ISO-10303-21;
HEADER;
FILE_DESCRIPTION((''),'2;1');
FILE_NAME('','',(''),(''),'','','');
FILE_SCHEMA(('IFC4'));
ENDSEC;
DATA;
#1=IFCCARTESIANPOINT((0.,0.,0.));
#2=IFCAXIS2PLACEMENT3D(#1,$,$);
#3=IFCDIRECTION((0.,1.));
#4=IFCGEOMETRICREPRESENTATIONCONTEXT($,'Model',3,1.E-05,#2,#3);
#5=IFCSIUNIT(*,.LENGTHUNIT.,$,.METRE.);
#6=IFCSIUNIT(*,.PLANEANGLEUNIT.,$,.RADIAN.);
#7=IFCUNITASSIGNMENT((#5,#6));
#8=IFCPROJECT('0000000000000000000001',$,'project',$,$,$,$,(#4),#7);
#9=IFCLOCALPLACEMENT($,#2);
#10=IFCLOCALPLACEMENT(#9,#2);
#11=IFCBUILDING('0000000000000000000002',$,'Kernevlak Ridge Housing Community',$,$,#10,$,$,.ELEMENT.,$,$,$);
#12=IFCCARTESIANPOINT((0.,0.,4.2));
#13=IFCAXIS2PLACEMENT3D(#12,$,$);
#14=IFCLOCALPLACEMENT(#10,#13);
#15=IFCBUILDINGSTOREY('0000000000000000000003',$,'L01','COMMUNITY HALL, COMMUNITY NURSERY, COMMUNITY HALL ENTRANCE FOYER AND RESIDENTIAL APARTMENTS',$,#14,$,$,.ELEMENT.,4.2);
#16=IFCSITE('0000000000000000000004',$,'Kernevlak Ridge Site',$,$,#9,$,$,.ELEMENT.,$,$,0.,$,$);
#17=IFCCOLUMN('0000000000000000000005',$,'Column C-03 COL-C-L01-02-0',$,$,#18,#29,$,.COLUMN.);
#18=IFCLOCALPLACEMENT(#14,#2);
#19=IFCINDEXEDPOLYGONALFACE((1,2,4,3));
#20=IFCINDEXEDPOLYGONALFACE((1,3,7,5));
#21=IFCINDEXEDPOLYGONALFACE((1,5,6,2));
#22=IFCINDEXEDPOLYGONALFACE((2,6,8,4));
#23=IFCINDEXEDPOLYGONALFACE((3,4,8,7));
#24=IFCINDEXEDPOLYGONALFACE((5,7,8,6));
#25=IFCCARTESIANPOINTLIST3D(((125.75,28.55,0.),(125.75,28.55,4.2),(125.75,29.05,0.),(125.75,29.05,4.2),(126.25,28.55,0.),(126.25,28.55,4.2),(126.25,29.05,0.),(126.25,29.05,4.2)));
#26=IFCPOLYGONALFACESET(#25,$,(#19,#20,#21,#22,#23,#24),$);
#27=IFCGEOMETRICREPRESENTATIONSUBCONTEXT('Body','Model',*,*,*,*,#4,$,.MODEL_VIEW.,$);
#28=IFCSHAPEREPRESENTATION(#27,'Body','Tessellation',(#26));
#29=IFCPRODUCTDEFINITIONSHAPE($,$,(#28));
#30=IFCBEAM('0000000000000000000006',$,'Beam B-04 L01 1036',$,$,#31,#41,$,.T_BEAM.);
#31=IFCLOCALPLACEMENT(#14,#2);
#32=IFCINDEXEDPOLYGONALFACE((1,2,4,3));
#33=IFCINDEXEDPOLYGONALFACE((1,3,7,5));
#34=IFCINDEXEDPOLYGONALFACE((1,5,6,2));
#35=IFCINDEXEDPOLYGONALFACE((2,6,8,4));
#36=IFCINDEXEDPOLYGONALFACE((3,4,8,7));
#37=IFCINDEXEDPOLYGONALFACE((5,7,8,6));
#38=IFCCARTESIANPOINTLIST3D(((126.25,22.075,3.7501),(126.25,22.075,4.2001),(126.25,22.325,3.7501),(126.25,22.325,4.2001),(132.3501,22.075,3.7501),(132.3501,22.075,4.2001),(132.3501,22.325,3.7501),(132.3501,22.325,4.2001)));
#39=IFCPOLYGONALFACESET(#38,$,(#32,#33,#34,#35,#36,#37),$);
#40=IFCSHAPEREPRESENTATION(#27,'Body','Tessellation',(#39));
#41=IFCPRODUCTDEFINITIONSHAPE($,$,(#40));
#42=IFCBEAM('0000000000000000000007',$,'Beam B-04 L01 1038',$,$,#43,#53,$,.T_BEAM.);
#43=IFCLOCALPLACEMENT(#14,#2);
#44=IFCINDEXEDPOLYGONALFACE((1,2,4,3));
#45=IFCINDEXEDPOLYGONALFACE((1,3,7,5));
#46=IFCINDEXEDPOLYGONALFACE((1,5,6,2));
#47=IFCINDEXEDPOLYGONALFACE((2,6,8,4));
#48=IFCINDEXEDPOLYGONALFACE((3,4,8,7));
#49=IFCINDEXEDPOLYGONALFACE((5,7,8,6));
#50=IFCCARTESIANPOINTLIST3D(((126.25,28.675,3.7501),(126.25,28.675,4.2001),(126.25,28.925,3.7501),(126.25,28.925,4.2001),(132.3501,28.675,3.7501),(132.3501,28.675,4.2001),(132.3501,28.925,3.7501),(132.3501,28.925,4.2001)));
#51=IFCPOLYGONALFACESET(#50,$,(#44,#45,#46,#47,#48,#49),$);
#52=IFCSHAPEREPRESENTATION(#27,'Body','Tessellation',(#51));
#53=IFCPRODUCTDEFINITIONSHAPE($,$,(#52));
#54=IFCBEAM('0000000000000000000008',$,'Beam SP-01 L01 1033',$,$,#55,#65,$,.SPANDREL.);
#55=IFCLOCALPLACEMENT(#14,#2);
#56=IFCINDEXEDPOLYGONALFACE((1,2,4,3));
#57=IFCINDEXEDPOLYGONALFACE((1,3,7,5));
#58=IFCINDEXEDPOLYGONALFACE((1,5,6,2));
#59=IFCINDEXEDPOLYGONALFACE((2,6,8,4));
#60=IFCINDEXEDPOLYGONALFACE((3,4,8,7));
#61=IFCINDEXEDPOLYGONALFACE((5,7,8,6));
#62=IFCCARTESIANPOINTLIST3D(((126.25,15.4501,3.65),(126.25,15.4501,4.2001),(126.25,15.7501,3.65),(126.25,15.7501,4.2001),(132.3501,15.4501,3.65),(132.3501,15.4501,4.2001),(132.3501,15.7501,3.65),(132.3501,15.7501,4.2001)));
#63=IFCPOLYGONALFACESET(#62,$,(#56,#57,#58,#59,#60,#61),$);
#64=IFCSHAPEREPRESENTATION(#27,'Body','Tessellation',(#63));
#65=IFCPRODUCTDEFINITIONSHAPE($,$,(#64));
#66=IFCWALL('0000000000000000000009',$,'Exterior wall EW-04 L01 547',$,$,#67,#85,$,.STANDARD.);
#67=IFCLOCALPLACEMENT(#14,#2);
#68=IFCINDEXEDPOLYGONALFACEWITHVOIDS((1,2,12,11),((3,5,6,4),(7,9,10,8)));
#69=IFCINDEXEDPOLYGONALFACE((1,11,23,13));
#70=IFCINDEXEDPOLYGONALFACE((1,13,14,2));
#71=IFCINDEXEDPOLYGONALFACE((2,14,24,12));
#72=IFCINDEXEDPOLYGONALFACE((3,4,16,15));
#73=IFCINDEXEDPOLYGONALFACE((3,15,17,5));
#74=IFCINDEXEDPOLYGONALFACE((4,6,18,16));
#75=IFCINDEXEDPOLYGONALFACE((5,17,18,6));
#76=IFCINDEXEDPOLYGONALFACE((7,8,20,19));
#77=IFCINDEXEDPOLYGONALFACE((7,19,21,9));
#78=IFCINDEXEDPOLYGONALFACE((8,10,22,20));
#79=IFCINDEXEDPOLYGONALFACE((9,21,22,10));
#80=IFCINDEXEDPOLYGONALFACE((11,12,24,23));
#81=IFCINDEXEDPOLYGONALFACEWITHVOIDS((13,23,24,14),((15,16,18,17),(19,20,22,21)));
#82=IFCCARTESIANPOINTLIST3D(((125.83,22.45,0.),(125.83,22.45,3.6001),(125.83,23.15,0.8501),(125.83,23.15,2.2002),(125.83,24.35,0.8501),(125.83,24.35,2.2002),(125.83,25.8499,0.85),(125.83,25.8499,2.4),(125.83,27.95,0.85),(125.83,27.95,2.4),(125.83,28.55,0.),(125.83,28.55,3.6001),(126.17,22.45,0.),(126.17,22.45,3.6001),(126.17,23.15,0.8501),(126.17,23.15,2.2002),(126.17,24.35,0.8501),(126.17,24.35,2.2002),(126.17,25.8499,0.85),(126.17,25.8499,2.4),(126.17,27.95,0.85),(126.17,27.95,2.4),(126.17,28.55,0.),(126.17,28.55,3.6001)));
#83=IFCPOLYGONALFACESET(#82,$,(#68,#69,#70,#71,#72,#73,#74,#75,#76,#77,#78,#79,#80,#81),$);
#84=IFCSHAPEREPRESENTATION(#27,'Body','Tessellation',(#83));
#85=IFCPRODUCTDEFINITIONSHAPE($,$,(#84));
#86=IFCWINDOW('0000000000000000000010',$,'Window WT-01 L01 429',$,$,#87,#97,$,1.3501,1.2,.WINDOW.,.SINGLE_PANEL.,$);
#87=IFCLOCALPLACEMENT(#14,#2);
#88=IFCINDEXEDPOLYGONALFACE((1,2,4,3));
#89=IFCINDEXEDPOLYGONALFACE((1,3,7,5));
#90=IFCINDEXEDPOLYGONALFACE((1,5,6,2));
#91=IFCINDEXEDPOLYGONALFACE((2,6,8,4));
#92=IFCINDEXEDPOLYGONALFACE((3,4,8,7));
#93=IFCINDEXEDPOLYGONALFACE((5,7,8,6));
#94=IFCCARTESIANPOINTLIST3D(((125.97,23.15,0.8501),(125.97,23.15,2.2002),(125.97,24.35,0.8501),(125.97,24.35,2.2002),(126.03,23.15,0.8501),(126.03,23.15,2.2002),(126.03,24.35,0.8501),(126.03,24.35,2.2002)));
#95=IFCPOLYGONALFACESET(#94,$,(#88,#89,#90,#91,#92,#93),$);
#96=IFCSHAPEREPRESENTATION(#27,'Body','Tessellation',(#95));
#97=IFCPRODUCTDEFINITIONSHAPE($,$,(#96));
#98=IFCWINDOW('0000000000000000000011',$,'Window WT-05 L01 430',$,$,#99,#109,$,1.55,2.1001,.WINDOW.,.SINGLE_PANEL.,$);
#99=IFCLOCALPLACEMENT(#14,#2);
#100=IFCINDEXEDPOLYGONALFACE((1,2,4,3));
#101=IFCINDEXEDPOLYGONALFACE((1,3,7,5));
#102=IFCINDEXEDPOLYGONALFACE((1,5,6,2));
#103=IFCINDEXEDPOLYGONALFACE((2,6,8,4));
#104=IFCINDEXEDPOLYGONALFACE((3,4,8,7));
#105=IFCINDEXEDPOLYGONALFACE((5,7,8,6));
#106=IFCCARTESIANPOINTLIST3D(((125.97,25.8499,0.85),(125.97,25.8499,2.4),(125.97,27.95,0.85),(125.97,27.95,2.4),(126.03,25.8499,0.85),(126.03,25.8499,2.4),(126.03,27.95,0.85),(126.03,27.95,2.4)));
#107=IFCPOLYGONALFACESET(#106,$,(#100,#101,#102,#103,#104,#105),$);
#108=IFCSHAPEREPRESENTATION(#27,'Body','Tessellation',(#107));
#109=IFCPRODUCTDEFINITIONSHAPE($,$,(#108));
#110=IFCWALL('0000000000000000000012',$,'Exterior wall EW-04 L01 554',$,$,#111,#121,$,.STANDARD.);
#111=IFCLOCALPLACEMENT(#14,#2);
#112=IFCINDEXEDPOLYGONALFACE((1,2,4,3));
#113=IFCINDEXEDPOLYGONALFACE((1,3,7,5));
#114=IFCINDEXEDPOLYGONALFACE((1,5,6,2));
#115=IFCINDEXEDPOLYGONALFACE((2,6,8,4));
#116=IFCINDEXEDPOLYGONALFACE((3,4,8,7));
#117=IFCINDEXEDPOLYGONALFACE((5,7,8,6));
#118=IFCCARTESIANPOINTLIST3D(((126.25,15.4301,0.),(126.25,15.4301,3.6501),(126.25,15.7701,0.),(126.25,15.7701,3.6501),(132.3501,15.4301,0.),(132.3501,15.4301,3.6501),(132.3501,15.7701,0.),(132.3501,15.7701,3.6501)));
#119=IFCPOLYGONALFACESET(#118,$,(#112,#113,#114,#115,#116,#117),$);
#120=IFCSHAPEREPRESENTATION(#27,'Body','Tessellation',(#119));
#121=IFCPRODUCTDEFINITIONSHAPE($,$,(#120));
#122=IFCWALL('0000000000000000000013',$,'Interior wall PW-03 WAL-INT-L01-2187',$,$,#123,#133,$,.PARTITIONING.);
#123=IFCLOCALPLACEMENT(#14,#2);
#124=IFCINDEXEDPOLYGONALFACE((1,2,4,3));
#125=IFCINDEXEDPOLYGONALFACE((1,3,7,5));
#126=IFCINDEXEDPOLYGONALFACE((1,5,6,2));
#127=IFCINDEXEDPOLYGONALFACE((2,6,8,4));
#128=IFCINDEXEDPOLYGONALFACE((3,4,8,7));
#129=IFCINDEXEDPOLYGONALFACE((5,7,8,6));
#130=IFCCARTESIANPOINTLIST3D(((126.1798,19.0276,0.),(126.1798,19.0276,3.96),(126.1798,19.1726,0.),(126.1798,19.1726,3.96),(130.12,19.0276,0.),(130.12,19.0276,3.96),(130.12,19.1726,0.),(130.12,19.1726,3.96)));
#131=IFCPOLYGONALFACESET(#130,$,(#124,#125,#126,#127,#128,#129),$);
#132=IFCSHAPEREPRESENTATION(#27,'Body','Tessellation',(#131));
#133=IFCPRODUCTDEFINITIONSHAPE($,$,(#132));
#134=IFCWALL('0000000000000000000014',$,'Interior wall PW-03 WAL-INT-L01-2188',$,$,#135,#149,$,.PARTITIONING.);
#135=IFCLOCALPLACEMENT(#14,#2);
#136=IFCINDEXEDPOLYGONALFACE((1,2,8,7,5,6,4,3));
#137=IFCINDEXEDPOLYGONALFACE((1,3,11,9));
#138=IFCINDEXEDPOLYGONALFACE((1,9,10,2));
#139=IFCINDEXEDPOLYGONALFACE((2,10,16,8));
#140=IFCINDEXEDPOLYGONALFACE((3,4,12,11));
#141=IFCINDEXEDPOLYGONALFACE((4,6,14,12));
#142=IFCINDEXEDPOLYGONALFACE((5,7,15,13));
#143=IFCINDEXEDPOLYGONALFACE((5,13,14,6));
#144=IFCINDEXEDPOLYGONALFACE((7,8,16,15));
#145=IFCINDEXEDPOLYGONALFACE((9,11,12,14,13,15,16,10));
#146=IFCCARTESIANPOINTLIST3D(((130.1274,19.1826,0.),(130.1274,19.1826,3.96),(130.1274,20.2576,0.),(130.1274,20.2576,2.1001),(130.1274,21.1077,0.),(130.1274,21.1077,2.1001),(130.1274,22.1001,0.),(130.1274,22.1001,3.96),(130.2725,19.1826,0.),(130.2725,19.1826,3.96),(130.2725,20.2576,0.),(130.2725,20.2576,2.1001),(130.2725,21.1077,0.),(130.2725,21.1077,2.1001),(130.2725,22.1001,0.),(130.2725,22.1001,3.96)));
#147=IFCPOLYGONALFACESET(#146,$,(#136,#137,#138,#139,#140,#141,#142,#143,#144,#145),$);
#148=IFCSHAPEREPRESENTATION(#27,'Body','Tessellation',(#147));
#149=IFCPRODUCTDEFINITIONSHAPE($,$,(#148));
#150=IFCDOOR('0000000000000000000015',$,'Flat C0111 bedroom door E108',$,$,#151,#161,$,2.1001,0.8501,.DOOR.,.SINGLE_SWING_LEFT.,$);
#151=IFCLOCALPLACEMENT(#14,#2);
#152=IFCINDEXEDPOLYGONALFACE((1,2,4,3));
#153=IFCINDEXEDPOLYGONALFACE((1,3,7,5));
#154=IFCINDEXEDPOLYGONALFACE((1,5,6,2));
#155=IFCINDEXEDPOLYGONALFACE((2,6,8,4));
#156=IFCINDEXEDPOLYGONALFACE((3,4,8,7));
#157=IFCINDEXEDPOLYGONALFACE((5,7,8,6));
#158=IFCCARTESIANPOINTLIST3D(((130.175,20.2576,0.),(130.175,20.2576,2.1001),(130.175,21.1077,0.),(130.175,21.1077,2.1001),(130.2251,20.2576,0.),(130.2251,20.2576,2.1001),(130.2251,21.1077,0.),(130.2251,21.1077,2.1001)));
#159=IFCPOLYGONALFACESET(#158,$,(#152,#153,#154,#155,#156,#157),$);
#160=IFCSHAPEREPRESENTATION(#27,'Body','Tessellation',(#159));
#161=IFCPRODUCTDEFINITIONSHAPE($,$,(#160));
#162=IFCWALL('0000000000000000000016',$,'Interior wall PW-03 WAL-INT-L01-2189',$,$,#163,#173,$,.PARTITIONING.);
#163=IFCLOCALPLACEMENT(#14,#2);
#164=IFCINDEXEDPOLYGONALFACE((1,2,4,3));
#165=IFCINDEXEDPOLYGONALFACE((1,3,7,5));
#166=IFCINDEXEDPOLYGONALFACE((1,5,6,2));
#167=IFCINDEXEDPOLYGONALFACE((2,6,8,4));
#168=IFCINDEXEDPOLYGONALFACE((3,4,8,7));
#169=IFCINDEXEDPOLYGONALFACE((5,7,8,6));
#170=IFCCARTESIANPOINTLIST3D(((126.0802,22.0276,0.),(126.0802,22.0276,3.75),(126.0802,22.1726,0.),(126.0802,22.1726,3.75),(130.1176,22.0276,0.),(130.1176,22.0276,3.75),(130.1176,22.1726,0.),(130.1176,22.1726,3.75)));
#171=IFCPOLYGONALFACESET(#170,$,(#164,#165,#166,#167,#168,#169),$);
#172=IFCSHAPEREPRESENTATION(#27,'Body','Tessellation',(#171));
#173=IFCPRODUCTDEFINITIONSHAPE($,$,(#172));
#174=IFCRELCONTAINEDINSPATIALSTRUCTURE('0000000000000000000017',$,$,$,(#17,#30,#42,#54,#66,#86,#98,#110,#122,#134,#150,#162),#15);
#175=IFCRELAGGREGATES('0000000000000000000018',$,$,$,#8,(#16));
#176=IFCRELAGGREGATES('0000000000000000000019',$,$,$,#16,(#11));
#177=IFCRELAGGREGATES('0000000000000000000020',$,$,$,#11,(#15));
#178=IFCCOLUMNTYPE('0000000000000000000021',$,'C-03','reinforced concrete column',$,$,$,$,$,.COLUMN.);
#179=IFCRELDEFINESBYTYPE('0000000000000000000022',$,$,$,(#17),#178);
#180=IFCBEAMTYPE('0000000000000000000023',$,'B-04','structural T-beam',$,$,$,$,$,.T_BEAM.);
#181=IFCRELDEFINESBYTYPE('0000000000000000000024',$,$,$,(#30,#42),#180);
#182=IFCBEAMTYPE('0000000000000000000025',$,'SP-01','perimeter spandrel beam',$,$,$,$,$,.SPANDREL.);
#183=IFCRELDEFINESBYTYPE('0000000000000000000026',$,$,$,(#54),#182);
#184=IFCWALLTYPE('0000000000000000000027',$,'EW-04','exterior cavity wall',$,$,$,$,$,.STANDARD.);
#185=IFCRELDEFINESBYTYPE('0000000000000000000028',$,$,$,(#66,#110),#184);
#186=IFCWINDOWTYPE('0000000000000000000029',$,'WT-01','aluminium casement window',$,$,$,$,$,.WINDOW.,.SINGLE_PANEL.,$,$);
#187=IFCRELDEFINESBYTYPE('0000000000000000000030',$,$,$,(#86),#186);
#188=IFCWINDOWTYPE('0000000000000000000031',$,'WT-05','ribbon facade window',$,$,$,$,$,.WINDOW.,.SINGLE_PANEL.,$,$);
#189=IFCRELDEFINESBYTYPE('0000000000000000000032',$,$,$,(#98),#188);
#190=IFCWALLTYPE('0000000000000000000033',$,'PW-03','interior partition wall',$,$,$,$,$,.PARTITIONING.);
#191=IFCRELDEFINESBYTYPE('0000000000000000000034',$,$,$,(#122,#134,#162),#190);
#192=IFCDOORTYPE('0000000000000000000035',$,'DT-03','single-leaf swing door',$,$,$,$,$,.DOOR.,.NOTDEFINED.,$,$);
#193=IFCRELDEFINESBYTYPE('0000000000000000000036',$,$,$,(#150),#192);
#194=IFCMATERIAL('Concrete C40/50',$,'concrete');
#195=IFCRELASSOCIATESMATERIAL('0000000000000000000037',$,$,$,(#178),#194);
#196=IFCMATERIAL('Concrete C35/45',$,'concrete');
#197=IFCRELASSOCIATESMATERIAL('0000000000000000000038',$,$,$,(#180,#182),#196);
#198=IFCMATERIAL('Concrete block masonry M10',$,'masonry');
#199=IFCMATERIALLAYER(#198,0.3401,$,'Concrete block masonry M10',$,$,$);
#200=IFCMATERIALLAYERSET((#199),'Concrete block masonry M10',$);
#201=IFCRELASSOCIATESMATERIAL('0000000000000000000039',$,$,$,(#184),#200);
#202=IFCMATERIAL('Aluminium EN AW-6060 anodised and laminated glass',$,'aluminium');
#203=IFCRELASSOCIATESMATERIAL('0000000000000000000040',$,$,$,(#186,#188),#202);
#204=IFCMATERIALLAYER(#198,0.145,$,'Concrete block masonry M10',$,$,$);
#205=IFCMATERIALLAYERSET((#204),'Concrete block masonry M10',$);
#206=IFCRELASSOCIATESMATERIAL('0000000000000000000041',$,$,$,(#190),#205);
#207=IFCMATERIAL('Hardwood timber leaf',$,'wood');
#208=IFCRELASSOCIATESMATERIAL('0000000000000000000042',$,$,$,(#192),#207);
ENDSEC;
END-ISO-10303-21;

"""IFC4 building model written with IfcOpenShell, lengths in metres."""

from ifc_helpers import new_model, si_unit, direction, frame, frame_2d, origin, origin_2d, place, context, subcontext, project, spatial, rectangle, extrude, material, layer, layer_set, material_profile, profile_set, type_object, element, fill, save


model = new_model("IFC4")

# Units and contexts
model_context = context("Model", 3, precision=1e-05, world=origin(), true_north=direction((0.0, 1.0)))
body_context = subcontext(model_context, "Body", "Model", "MODEL_VIEW")
ifc_project = project(units=[si_unit("LENGTHUNIT", "METRE"), si_unit("PLANEANGLEUNIT", "RADIAN")], contexts=[model_context])

# Site, building, storey
site_placement = place(None, origin())
site = spatial("IfcSite", under=ifc_project, at=site_placement, Name="Kernevlak Ridge Site", CompositionType="ELEMENT", RefElevation=0.0)
building_placement = place(site_placement, origin())
building = spatial("IfcBuilding", under=site, at=building_placement, Name="Kernevlak Ridge Housing Community", CompositionType="ELEMENT")
storey_placement = place(building_placement, frame((0.0, 0.0, 4.2)))
storey = spatial("IfcBuildingStorey", under=building, at=storey_placement, Name="L01", Description="COMMUNITY HALL, COMMUNITY NURSERY, COMMUNITY HALL ENTRANCE FOYER AND RESIDENTIAL APARTMENTS", CompositionType="ELEMENT", Elevation=4.2)

# Column
ifc_material_1 = material(Name="Concrete C40/50", Category="concrete")
ifc_material_profile_1 = material_profile(ifc_material_1, rectangle(XDim=0.5, YDim=0.5, at=origin_2d()), Name="RC 500x500")
ifc_profile_set_1 = profile_set([ifc_material_profile_1], Name="Concrete C40/50")
column_type = type_object("IfcColumnType", Name="C-03", Description="reinforced concrete column", PredefinedType="COLUMN", material=ifc_profile_set_1)
column_placement = place(storey_placement, frame((126.0, 28.8, 0.0), z_axis=(0.0, 0.0, 1.0), x_axis=(1.0, 0.0, 0.0)))
element("IfcColumn", 1, at=column_placement, inside=storey, type_object=column_type, Name="Column C-03 COL-C-L01-02-0", PredefinedType="COLUMN", context=body_context, shape_type="SweptSolid", body=[
    extrude(rectangle(XDim=0.5, YDim=0.5, at=origin_2d()), origin(), (0.0, 0.0, 1.0), 4.2),
])

# Beams
ifc_material_2 = material(Name="Concrete C35/45", Category="concrete")
ifc_material_profile_2 = material_profile(ifc_material_2, rectangle(XDim=0.25, YDim=0.45, at=origin_2d()), Name="RC 250x450")
ifc_profile_set_2 = profile_set([ifc_material_profile_2], Name="Concrete C35/45")
beam_type_1 = type_object("IfcBeamType", Name="B-04", Description="structural T-beam", PredefinedType="T_BEAM", material=ifc_profile_set_2)
for number, where, z_axis, x_axis, name in (
    (2, (126.25, 22.2, 3.9751), (1.0, 0.0, 0.0), (0.0, 1.0, 0.0), "Beam B-04 L01 1036"),
    (3, (126.25, 28.8, 3.9751), (1.0, 0.0, 0.0), (0.0, 1.0, 0.0), "Beam B-04 L01 1038"),
):
    element("IfcBeam", number, at=place(storey_placement, frame(where, z_axis=z_axis, x_axis=x_axis)), inside=storey, type_object=beam_type_1, Name=name, PredefinedType="T_BEAM", context=body_context, shape_type="SweptSolid", body=[
        extrude(rectangle(XDim=0.25, YDim=0.45, at=origin_2d()), origin(), (0.0, 0.0, 1.0), 6.1001),
    ])
ifc_material_profile_3 = material_profile(ifc_material_2, rectangle(XDim=0.3, YDim=0.55, at=origin_2d()), Name="RC 300x550")
ifc_profile_set_3 = profile_set([ifc_material_profile_3], Name="Concrete C35/45")
beam_type_2 = type_object("IfcBeamType", Name="SP-01", Description="perimeter spandrel beam", PredefinedType="SPANDREL", material=ifc_profile_set_3)
beam_placement = place(storey_placement, frame((126.25, 15.6001, 3.925), z_axis=(1.0, 0.0, 0.0), x_axis=(0.0, 1.0, 0.0)))
element("IfcBeam", 4, at=beam_placement, inside=storey, type_object=beam_type_2, Name="Beam SP-01 L01 1033", PredefinedType="SPANDREL", context=body_context, shape_type="SweptSolid", body=[
    extrude(rectangle(XDim=0.3, YDim=0.55, at=origin_2d()), origin(), (0.0, 0.0, 1.0), 6.1001),
])

# Wall, openings, windows
ifc_material_3 = material(Name="Concrete block masonry M10", Category="masonry")
ifc_layer_1 = layer(ifc_material_3, 0.3401, Name="Concrete block masonry M10")
ifc_layer_set_1 = layer_set([ifc_layer_1], Name="Concrete block masonry M10")
wall_type_1 = type_object("IfcWallType", Name="EW-04", Description="exterior cavity wall", PredefinedType="STANDARD", material=ifc_layer_set_1)
wall_1_placement = place(storey_placement, frame((126.0, 22.45, 0.0), z_axis=(0.0, 0.0, 1.0), x_axis=(0.0, 1.0, 0.0)))
wall_1 = element("IfcWall", 5, at=wall_1_placement, inside=storey, type_object=wall_type_1, Name="Exterior wall EW-04 L01 547", PredefinedType="STANDARD", context=body_context, shape_type="SweptSolid", body=[
    extrude(rectangle(XDim=6.1001, YDim=0.3401, at=frame_2d((3.05, 0.0))), origin(), (0.0, 0.0, 1.0), 3.6001),
])
opening_1_placement = place(wall_1_placement, frame((0.7, 0.0, 0.8501)))
opening_1 = element("IfcOpeningElement", 6, at=opening_1_placement, cuts=wall_1, PredefinedType="OPENING", context=body_context, shape_type="SweptSolid", body=[
    extrude(rectangle(XDim=1.2, YDim=1.3501, at=frame_2d((0.6001, 0.675))), frame((0.0, 0.1799, 0.0), z_axis=(0.0, -1.0, 0.0), x_axis=(1.0, 0.0, 0.0)), (0.0, 0.0, 1.0), 0.3601),
])
opening_2_placement = place(wall_1_placement, frame((3.3999, 0.0, 0.8501)))
opening_2 = element("IfcOpeningElement", 7, at=opening_2_placement, cuts=wall_1, PredefinedType="OPENING", context=body_context, shape_type="SweptSolid", body=[
    extrude(rectangle(XDim=2.1001, YDim=1.55, at=frame_2d((1.05, 0.7749))), frame((0.0, 0.1799, 0.0), z_axis=(0.0, -1.0, 0.0), x_axis=(1.0, 0.0, 0.0)), (0.0, 0.0, 1.0), 0.3601),
])
ifc_material_4 = material(Name="Aluminium EN AW-6060 anodised and laminated glass", Category="aluminium")
window_type_1 = type_object("IfcWindowType", Name="WT-01", Description="aluminium casement window", PartitioningType="SINGLE_PANEL", PredefinedType="WINDOW", material=ifc_material_4)
window_1_placement = place(opening_1_placement, origin())
window_1 = element("IfcWindow", 8, at=window_1_placement, inside=storey, type_object=window_type_1, Name="Window WT-01 L01 429", OverallHeight=1.3501, OverallWidth=1.2, PartitioningType="SINGLE_PANEL", PredefinedType="WINDOW", context=body_context, shape_type="SweptSolid", body=[
    extrude(rectangle(XDim=1.2, YDim=1.3501, at=frame_2d((0.6001, 0.675))), frame((0.0, 0.03, 0.0), z_axis=(0.0, -1.0, 0.0), x_axis=(1.0, 0.0, 0.0)), (0.0, 0.0, 1.0), 0.0601),
])
fill(opening_1, window_1)
window_type_2 = type_object("IfcWindowType", Name="WT-05", Description="ribbon facade window", PartitioningType="SINGLE_PANEL", PredefinedType="WINDOW", material=ifc_material_4)
window_2_placement = place(opening_2_placement, origin())
window_2 = element("IfcWindow", 9, at=window_2_placement, inside=storey, type_object=window_type_2, Name="Window WT-05 L01 430", OverallHeight=1.55, OverallWidth=2.1001, PartitioningType="SINGLE_PANEL", PredefinedType="WINDOW", context=body_context, shape_type="SweptSolid", body=[
    extrude(rectangle(XDim=2.1001, YDim=1.55, at=frame_2d((1.05, 0.7749))), frame((0.0, 0.03, 0.0), z_axis=(0.0, -1.0, 0.0), x_axis=(1.0, 0.0, 0.0)), (0.0, 0.0, 1.0), 0.0601),
])
fill(opening_2, window_2)

# Walls
wall_2_placement = place(storey_placement, frame((126.25, 15.6001, 0.0), z_axis=(0.0, 0.0, 1.0), x_axis=(1.0, 0.0, 0.0)))
element("IfcWall", 10, at=wall_2_placement, inside=storey, type_object=wall_type_1, Name="Exterior wall EW-04 L01 554", PredefinedType="STANDARD", context=body_context, shape_type="SweptSolid", body=[
    extrude(rectangle(XDim=6.1001, YDim=0.3401, at=frame_2d((3.05, 0.0))), origin(), (0.0, 0.0, 1.0), 3.6501),
])
ifc_layer_2 = layer(ifc_material_3, 0.145, Name="Concrete block masonry M10")
ifc_layer_set_2 = layer_set([ifc_layer_2], Name="Concrete block masonry M10")
wall_type_2 = type_object("IfcWallType", Name="PW-03", Description="interior partition wall", PredefinedType="PARTITIONING", material=ifc_layer_set_2)
wall_3_placement = place(storey_placement, frame((130.1201, 19.1001, 0.0), z_axis=(0.0, 0.0, 1.0), x_axis=(-1.0, 0.0, 0.0)))
element("IfcWall", 11, at=wall_3_placement, inside=storey, type_object=wall_type_2, Name="Interior wall PW-03 WAL-INT-L01-2187", PredefinedType="PARTITIONING", context=body_context, shape_type="SweptSolid", body=[
    extrude(rectangle(XDim=3.9402, YDim=0.145, at=frame_2d((1.9702, 0.0))), origin(), (0.0, 0.0, 1.0), 3.96),
])

# Wall, opening, door
wall_4_placement = place(storey_placement, frame((130.2, 19.1826, 0.0), z_axis=(0.0, 0.0, 1.0), x_axis=(0.0, 1.0, 0.0)))
wall_4 = element("IfcWall", 12, at=wall_4_placement, inside=storey, type_object=wall_type_2, Name="Interior wall PW-03 WAL-INT-L01-2188", PredefinedType="PARTITIONING", context=body_context, shape_type="SweptSolid", body=[
    extrude(rectangle(XDim=2.9175, YDim=0.145, at=frame_2d((1.4587, 0.0))), origin(), (0.0, 0.0, 1.0), 3.96),
])
opening_3_placement = place(wall_4_placement, frame((1.075, 0.0, 0.0)))
opening_3 = element("IfcOpeningElement", 13, at=opening_3_placement, cuts=wall_4, PredefinedType="OPENING", context=body_context, shape_type="SweptSolid", body=[
    extrude(rectangle(XDim=0.8501, YDim=2.1001, at=frame_2d((0.425, 1.05))), frame((0.0, 0.0825, 0.0), z_axis=(0.0, -1.0, 0.0), x_axis=(1.0, 0.0, 0.0)), (0.0, 0.0, 1.0), 0.165),
])
ifc_material_5 = material(Name="Hardwood timber leaf", Category="wood")
door_type_1 = type_object("IfcDoorType", Name="DT-03", Description="single-leaf swing door", OperationType="NOTDEFINED", PredefinedType="DOOR", material=ifc_material_5)
door_1_placement = place(opening_3_placement, origin())
door_1 = element("IfcDoor", 14, at=door_1_placement, inside=storey, type_object=door_type_1, Name="Flat C0111 bedroom door E108", OperationType="SINGLE_SWING_LEFT", OverallHeight=2.1001, OverallWidth=0.8501, PredefinedType="DOOR", context=body_context, shape_type="SweptSolid", body=[
    extrude(rectangle(XDim=0.8501, YDim=2.1001, at=frame_2d((0.425, 1.05))), frame((0.0, 0.0249, 0.0), z_axis=(0.0, -1.0, 0.0), x_axis=(1.0, 0.0, 0.0)), (0.0, 0.0, 1.0), 0.05),
])
fill(opening_3, door_1)

# Wall
wall_5_placement = place(storey_placement, frame((130.1174, 22.1001, 0.0), z_axis=(0.0, 0.0, 1.0), x_axis=(-1.0, 0.0, 0.0)))
element("IfcWall", 15, at=wall_5_placement, inside=storey, type_object=wall_type_2, Name="Interior wall PW-03 WAL-INT-L01-2189", PredefinedType="PARTITIONING", context=body_context, shape_type="SweptSolid", body=[
    extrude(rectangle(XDim=4.0374, YDim=0.145, at=frame_2d((2.0186, 0.0))), origin(), (0.0, 0.0, 1.0), 3.75),
])

save(model, "model.ifc")
